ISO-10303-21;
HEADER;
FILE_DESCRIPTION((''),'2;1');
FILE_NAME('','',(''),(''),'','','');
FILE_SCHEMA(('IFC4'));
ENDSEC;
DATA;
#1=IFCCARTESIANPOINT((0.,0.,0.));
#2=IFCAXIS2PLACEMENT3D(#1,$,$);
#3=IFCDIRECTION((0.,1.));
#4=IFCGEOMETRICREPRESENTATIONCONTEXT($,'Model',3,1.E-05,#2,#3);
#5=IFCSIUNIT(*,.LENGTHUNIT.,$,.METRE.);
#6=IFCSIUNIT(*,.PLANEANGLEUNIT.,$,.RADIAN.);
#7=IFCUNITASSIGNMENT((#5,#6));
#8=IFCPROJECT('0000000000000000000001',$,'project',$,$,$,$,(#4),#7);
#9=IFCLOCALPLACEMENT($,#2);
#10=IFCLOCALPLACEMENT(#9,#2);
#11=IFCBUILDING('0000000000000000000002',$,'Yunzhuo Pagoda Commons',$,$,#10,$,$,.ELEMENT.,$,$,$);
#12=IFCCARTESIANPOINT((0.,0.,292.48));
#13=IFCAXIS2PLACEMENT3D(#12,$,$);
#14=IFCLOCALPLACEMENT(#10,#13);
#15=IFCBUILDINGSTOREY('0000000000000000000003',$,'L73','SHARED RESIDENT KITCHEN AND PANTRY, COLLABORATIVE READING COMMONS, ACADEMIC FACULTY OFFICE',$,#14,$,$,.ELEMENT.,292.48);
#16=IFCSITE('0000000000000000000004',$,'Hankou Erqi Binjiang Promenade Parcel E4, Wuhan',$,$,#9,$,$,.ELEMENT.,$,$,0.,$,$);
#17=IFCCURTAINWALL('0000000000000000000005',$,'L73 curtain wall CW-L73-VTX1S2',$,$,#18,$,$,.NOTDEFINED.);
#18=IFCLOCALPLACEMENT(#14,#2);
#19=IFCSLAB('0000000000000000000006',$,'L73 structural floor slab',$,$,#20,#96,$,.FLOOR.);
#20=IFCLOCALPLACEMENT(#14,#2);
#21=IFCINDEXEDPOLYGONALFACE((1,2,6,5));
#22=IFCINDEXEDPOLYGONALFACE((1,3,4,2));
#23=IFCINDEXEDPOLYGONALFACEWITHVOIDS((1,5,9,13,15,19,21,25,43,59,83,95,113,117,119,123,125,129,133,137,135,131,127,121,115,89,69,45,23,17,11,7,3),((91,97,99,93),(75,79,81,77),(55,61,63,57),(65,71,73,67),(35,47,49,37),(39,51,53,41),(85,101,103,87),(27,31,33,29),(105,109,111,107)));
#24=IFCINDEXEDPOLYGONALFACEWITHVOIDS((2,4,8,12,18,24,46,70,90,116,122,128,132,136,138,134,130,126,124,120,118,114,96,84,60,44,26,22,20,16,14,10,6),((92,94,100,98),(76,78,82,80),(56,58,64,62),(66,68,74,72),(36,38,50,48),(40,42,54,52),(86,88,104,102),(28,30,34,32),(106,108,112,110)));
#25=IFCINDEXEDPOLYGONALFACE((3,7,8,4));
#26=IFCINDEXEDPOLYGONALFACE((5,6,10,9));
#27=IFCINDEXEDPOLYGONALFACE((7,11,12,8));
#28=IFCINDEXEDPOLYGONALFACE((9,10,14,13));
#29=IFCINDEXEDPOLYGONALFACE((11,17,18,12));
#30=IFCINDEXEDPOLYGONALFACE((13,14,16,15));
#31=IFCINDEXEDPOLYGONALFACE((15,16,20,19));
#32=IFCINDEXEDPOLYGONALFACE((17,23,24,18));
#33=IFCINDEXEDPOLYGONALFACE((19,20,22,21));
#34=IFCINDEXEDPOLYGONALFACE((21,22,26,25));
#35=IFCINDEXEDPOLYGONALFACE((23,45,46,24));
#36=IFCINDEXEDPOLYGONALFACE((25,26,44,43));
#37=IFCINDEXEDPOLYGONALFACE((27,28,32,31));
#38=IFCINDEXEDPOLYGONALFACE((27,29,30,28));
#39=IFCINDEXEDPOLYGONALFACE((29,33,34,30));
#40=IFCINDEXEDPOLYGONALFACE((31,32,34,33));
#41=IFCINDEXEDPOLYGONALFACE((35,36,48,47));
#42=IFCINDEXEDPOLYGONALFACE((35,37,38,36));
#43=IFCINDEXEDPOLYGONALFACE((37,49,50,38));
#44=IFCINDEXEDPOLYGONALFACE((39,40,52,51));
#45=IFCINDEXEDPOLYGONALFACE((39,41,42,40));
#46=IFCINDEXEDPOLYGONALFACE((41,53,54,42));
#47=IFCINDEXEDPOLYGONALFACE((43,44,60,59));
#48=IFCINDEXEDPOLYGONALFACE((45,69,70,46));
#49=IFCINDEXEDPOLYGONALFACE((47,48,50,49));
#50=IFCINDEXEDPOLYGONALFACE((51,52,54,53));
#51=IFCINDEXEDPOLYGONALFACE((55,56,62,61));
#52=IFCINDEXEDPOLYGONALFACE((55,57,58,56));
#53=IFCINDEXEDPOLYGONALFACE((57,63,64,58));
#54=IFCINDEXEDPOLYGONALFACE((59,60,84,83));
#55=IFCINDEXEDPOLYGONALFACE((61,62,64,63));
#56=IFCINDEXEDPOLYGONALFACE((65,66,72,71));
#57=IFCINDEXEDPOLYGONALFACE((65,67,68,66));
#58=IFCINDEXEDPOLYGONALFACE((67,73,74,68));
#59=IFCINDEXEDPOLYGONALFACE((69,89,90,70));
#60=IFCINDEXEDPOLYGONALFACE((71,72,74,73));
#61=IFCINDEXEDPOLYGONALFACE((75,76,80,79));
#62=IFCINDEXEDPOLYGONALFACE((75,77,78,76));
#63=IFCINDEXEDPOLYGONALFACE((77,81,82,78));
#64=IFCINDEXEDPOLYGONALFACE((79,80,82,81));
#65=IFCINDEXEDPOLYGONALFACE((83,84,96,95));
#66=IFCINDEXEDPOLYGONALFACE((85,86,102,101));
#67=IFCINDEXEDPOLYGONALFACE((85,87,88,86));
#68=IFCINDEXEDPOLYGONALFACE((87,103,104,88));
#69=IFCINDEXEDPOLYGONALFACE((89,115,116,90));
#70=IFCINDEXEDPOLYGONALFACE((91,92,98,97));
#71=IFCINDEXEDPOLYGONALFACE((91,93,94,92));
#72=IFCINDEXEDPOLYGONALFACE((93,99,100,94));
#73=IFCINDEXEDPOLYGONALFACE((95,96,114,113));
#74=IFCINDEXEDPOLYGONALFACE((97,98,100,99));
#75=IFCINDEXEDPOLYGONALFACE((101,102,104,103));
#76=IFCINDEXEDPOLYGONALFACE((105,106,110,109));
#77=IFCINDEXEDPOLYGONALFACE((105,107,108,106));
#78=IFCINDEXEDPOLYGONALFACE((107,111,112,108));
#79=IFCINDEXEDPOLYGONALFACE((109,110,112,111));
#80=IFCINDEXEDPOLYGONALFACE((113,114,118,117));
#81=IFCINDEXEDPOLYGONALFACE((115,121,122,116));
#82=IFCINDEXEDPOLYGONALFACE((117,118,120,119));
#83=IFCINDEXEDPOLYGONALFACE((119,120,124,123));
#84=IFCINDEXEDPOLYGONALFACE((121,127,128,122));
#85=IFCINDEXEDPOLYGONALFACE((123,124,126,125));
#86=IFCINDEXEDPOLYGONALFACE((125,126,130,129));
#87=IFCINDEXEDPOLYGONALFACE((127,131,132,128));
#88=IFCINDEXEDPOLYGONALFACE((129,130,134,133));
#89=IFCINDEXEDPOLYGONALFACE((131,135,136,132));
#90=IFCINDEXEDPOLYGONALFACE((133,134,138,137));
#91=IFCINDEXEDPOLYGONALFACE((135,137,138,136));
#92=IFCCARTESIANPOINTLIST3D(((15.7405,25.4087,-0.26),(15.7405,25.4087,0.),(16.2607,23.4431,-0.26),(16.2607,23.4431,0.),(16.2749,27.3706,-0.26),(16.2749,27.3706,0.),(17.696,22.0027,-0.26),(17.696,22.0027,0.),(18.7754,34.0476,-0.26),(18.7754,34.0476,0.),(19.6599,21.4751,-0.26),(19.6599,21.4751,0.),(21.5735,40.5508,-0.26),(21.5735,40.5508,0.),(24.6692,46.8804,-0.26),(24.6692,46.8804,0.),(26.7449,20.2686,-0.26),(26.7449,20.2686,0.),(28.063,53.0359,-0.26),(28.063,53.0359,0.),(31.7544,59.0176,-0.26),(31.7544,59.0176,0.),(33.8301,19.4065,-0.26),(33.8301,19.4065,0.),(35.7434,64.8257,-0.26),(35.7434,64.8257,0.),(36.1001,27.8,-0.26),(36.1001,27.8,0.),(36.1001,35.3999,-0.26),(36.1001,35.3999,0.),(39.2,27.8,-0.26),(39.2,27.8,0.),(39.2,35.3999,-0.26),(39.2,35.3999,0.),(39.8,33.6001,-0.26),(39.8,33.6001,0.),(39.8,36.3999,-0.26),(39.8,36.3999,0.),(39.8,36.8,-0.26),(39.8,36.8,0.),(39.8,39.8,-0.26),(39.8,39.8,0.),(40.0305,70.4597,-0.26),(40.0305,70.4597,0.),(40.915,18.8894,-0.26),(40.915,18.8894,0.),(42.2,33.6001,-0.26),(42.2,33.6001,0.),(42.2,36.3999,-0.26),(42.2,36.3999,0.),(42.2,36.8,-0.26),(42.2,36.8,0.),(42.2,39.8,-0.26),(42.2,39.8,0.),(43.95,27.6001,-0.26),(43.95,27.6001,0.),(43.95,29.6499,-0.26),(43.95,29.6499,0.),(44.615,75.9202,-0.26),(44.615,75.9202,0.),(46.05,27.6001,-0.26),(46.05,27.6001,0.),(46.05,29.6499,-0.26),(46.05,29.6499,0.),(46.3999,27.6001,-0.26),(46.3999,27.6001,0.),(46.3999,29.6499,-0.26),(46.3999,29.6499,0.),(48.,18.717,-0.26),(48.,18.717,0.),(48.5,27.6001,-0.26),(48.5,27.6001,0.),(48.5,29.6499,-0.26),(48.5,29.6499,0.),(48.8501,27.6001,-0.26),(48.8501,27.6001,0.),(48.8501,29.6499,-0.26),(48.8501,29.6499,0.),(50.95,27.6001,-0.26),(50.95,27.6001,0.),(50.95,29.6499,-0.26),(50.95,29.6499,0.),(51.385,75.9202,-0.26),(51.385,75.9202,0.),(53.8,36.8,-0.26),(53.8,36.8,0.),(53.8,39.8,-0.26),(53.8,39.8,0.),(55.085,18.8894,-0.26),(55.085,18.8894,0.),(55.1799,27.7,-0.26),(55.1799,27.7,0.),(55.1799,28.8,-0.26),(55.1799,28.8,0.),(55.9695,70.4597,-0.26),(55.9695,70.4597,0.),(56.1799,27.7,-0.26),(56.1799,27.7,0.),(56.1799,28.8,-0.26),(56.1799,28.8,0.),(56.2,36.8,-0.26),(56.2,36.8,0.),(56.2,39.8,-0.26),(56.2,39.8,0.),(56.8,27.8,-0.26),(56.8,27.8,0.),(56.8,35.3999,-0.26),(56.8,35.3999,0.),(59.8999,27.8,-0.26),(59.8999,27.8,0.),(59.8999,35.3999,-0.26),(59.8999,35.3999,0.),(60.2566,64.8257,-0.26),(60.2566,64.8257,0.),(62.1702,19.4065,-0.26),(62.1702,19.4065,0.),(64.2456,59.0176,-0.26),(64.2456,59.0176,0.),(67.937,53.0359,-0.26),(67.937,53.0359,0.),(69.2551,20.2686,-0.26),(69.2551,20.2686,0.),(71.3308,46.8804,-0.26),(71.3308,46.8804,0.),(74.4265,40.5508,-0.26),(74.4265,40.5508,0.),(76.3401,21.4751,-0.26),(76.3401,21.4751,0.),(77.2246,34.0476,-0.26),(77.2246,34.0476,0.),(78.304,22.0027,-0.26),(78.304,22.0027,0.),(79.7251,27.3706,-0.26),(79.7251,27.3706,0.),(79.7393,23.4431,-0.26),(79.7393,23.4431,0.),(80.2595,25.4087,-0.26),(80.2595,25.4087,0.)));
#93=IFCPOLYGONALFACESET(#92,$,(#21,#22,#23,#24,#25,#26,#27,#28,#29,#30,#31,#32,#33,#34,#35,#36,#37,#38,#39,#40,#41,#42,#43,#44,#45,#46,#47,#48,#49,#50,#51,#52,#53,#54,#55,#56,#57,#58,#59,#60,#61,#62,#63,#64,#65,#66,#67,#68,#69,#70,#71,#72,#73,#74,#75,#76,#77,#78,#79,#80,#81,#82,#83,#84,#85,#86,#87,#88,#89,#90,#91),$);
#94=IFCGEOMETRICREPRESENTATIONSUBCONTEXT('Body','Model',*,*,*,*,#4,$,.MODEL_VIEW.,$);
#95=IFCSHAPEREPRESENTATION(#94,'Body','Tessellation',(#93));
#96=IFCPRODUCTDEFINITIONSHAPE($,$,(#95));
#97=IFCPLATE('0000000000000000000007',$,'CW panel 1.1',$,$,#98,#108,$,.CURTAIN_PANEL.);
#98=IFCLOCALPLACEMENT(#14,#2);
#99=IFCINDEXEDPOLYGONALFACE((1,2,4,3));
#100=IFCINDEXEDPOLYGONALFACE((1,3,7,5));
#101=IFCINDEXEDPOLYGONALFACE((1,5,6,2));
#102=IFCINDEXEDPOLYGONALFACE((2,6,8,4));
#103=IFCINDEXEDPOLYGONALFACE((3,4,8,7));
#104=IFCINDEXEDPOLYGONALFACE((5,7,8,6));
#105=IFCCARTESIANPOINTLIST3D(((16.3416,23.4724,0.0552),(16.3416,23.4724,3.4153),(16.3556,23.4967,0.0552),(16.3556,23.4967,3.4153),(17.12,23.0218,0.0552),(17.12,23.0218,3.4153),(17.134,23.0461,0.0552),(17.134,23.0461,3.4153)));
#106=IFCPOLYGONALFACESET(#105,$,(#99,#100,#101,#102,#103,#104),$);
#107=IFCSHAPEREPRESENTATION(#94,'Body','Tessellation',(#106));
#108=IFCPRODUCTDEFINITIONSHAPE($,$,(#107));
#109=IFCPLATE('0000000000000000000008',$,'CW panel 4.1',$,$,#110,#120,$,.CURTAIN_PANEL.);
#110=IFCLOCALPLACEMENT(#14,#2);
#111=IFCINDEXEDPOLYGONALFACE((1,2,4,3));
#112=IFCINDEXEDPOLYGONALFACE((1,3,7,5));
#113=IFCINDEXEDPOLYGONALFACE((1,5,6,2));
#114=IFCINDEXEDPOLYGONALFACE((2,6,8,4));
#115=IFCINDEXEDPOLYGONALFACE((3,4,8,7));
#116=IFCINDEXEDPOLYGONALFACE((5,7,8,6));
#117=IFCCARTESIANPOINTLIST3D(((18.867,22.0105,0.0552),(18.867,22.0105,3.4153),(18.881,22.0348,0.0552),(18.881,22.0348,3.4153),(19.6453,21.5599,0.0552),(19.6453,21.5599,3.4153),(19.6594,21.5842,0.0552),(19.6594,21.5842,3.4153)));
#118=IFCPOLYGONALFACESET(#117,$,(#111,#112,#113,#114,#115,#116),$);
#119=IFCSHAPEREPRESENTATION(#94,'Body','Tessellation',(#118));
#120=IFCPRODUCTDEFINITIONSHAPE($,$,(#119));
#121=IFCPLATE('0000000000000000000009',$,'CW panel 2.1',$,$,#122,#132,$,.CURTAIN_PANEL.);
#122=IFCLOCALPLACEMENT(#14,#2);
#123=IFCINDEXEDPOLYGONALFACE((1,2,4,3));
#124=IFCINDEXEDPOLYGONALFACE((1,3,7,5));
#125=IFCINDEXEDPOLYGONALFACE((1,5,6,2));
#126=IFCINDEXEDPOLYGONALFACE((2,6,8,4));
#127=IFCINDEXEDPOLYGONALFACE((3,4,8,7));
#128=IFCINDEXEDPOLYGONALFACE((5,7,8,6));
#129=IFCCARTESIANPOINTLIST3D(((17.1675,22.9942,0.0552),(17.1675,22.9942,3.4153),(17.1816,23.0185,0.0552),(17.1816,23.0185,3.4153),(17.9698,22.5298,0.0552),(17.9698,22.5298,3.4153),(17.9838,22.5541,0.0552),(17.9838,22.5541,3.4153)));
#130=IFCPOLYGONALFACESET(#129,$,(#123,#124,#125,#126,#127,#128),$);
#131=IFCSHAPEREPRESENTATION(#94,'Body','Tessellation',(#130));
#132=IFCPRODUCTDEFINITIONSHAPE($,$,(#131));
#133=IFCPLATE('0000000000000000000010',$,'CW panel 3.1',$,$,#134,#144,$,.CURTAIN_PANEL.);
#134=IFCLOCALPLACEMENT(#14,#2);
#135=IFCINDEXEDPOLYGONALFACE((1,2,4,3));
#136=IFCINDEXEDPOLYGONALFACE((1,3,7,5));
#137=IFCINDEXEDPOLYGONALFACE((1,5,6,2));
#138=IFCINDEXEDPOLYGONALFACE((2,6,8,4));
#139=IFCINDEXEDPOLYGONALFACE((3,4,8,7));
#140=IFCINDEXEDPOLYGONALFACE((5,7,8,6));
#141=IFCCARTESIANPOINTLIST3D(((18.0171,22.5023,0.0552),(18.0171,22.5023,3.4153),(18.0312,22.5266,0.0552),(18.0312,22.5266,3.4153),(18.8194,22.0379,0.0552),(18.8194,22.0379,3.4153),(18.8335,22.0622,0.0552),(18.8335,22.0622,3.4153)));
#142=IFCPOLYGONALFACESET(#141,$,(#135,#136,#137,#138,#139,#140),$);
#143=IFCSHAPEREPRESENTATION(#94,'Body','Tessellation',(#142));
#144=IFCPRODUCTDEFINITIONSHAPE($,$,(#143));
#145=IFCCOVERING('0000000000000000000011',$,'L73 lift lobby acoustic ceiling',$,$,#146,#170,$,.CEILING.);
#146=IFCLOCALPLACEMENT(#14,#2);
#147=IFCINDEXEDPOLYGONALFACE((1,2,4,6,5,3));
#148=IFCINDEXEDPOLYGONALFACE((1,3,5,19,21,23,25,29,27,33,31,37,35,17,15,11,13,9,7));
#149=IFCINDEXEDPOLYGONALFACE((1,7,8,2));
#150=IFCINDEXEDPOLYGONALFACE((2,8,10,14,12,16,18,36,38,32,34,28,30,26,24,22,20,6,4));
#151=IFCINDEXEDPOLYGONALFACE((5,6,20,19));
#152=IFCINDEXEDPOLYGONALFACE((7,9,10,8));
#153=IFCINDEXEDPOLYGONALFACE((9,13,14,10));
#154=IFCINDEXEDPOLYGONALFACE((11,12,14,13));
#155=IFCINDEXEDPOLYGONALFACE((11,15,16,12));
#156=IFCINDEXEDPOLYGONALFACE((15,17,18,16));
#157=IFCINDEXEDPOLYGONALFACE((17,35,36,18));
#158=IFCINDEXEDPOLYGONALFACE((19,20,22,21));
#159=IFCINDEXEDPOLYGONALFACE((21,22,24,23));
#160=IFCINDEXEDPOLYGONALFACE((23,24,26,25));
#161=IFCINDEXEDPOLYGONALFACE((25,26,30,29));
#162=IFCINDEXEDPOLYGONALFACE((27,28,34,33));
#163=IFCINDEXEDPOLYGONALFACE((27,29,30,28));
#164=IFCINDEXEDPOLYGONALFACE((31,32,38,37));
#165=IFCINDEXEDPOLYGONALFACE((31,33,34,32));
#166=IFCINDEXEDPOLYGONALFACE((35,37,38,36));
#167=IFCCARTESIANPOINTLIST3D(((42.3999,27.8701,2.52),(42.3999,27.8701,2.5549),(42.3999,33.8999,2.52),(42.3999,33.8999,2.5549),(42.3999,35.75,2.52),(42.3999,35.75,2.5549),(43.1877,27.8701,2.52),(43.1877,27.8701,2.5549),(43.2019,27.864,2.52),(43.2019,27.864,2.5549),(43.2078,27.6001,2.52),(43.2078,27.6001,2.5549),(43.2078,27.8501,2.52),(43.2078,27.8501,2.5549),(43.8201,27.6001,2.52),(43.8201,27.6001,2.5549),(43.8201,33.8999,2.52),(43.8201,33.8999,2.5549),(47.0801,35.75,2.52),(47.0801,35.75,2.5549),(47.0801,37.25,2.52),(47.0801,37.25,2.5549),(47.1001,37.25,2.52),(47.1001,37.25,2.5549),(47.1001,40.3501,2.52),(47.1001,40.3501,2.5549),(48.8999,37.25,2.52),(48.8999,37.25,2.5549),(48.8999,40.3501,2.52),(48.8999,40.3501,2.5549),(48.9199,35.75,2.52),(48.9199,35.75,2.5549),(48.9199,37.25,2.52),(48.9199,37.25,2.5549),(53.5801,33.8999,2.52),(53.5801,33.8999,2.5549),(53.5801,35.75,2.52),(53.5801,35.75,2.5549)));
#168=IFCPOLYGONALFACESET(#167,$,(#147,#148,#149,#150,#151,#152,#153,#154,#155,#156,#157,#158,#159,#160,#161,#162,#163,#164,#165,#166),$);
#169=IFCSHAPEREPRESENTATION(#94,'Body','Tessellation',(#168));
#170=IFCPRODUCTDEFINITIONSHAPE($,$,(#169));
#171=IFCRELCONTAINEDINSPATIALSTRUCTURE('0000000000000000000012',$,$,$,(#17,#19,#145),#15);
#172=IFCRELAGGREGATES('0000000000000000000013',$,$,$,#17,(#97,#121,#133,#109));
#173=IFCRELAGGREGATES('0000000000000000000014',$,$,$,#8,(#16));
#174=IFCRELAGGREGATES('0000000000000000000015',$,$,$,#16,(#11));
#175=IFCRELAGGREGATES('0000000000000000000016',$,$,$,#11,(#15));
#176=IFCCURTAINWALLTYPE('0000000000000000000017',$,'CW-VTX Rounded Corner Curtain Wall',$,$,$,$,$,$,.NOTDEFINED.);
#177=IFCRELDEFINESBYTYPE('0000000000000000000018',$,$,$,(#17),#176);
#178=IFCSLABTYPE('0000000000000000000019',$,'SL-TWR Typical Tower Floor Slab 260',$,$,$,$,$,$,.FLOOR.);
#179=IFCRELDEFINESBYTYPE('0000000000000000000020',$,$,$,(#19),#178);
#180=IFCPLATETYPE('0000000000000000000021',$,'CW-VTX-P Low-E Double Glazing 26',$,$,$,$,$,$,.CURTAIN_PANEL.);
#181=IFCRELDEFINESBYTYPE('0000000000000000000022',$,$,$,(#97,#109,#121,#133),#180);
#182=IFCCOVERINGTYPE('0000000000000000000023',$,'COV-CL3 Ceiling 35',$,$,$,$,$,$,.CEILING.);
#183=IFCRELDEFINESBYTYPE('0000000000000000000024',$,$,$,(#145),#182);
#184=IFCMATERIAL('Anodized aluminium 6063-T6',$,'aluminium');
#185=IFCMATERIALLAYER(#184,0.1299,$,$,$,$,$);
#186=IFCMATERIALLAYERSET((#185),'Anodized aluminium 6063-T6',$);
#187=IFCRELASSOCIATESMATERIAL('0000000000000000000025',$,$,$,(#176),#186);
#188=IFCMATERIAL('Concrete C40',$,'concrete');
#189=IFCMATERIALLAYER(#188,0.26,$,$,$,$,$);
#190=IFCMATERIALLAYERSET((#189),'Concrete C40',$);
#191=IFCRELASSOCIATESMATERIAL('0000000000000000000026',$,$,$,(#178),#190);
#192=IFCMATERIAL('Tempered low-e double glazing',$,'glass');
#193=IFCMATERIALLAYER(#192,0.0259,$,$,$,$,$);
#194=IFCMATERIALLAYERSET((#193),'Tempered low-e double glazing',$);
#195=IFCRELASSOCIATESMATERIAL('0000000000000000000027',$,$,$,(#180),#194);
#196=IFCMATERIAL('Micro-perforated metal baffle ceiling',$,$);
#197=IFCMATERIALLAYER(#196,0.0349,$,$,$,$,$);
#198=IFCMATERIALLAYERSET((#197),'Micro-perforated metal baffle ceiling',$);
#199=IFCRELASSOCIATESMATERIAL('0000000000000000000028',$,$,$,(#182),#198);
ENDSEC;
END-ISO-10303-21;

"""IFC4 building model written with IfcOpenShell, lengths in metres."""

from ifc_helpers import new_model, si_unit, direction, frame, origin, origin_2d, place, context, subcontext, project, spatial, polyline, rectangle, outline, extrude, source, transform, mapped, material, layer, layer_set, type_object, element, aggregate, save


model = new_model("IFC4")

# Units and contexts
model_context = context("Model", 3, precision=1e-05, world=origin(), true_north=direction((0.0, 1.0)))
body_context = subcontext(model_context, "Body", "Model", "MODEL_VIEW")
ifc_project = project(units=[si_unit("LENGTHUNIT", "METRE"), si_unit("PLANEANGLEUNIT", "RADIAN")], contexts=[model_context])

# Site, building, storey
site_placement = place(None, origin())
site = spatial("IfcSite", under=ifc_project, at=site_placement, Name="Hankou Erqi Binjiang Promenade Parcel E4, Wuhan", CompositionType="ELEMENT", RefElevation=0.0)
building_placement = place(site_placement, origin())
building = spatial("IfcBuilding", under=site, at=building_placement, Name="Yunzhuo Pagoda Commons", CompositionType="ELEMENT")
storey_placement = place(building_placement, frame((0.0, 0.0, 292.48)))
storey = spatial("IfcBuildingStorey", under=building, at=storey_placement, Name="L73", Description="SHARED RESIDENT KITCHEN AND PANTRY, COLLABORATIVE READING COMMONS, ACADEMIC FACULTY OFFICE", CompositionType="ELEMENT", Elevation=292.48)

# Curtain wall
ifc_material_1 = material(Name="Anodized aluminium 6063-T6", Category="aluminium")
ifc_layer_1 = layer(ifc_material_1, 0.1299)
ifc_layer_set_1 = layer_set([ifc_layer_1], Name="Anodized aluminium 6063-T6")
curtain_wall_type_1 = type_object("IfcCurtainWallType", Name="CW-VTX Rounded Corner Curtain Wall", PredefinedType="NOTDEFINED", material=ifc_layer_set_1)
curtain_wall_1_placement = place(storey_placement, origin())
curtain_wall_1 = element("IfcCurtainWall", 1, at=curtain_wall_1_placement, inside=storey, type_object=curtain_wall_type_1, Name="L73 curtain wall CW-L73-VTX1S2", PredefinedType="NOTDEFINED")

# Shared definitions
ifc_material_2 = material(Name="Concrete C40", Category="concrete")

# Slab
ifc_layer_2 = layer(ifc_material_2, 0.26)
ifc_layer_set_2 = layer_set([ifc_layer_2], Name="Concrete C40")
slab_type_1 = type_object("IfcSlabType", Name="SL-TWR Typical Tower Floor Slab 260", PredefinedType="FLOOR", material=ifc_layer_set_2)
slab_1_placement = place(storey_placement, frame((0.0, 0.0, -0.26)))
element("IfcSlab", 2, at=slab_1_placement, inside=storey, type_object=slab_type_1, Name="L73 structural floor slab", PredefinedType="FLOOR", context=body_context, shape_type="SweptSolid", body=[
    extrude(outline(polyline([(18.7754, 34.0476), (21.5735, 40.5508), (24.6692, 46.8804), (28.063, 53.0359), (31.7544, 59.0176), (35.7434, 64.8257), (40.0305, 70.4597), (44.615, 75.9202), (51.385, 75.9202), (55.9695, 70.4597), (60.2566, 64.8257), (64.2456, 59.0176), (67.937, 53.0359), (71.3308, 46.8804), (74.4265, 40.5508), (77.2246, 34.0476), (79.7251, 27.3706), (80.2595, 25.4087), (79.7393, 23.4431), (78.304, 22.0027), (76.3401, 21.4751), (69.2551, 20.2686), (62.1702, 19.4065), (55.085, 18.8894), (48.0, 18.717), (40.915, 18.8894), (33.8301, 19.4065), (26.7449, 20.2686), (19.6599, 21.4751), (17.696, 22.0027), (16.2607, 23.4431), (15.7405, 25.4087), (16.2749, 27.3706), (18.7754, 34.0476)]), holes=[polyline([(56.1799, 28.8), (55.1799, 28.8), (55.1799, 27.7), (56.1799, 27.7), (56.1799, 28.8)]), polyline([(46.05, 29.6499), (43.95, 29.6499), (43.95, 27.6001), (46.05, 27.6001), (46.05, 29.6499)]), polyline([(48.5, 29.6499), (46.3999, 29.6499), (46.3999, 27.6001), (48.5, 27.6001), (48.5, 29.6499)]), polyline([(50.95, 29.6499), (48.8501, 29.6499), (48.8501, 27.6001), (50.95, 27.6001), (50.95, 29.6499)]), polyline([(39.2, 27.8), (39.2, 35.3999), (36.1001, 35.3999), (36.1001, 27.8), (39.2, 27.8)]), polyline([(59.8999, 27.8), (59.8999, 35.3999), (56.8, 35.3999), (56.8, 27.8), (59.8999, 27.8)]), polyline([(42.2, 36.3999), (39.8, 36.3999), (39.8, 33.6001), (42.2, 33.6001), (42.2, 36.3999)]), polyline([(42.2, 36.8), (42.2, 39.8), (39.8, 39.8), (39.8, 36.8), (42.2, 36.8)]), polyline([(56.2, 36.8), (56.2, 39.8), (53.8, 39.8), (53.8, 36.8), (56.2, 36.8)])]), origin(), (0.0, 0.0, 1.0), 0.26),
])

# Plates
ifc_material_3 = material(Name="Tempered low-e double glazing", Category="glass")
ifc_layer_3 = layer(ifc_material_3, 0.0259)
ifc_layer_set_3 = layer_set([ifc_layer_3], Name="Tempered low-e double glazing")
plate_type = type_object("IfcPlateType", Name="CW-VTX-P Low-E Double Glazing 26", PredefinedType="CURTAIN_PANEL", material=ifc_layer_set_3)
shared_shape_1 = source(origin(), body_context, "Body", "SweptSolid", [
    extrude(rectangle(XDim=0.8994, YDim=0.0281, at=origin_2d()), origin(), (0.0, 0.0, 1.0), 3.3601),
])
plate_1_placement = place(storey_placement, frame((16.7378, 23.2593, 0.0552), z_axis=(0.0, 0.0, 1.0), x_axis=(0.865437, -0.501017, 0.0)))
plate_1 = element("IfcPlate", 3, at=plate_1_placement, type_object=plate_type, Name="CW panel 1.1", PredefinedType="CURTAIN_PANEL", context=body_context, shape_type="MappedRepresentation", body=[
    mapped(shared_shape_1, transform((0.0, 0.0, 0.0), scale=1.0)),
])
plate_2_placement = place(storey_placement, frame((19.2632, 21.7974, 0.0552), z_axis=(0.0, 0.0, 1.0), x_axis=(0.865437, -0.501017, 0.0)))
plate_2 = element("IfcPlate", 4, at=plate_2_placement, type_object=plate_type, Name="CW panel 4.1", PredefinedType="CURTAIN_PANEL", context=body_context, shape_type="MappedRepresentation", body=[
    mapped(shared_shape_1, transform((0.0, 0.0, 0.0), scale=1.0)),
])
shared_shape_2 = source(origin(), body_context, "Body", "SweptSolid", [
    extrude(rectangle(XDim=0.927, YDim=0.0281, at=origin_2d()), origin(), (0.0, 0.0, 1.0), 3.3601),
])
plate_3_placement = place(storey_placement, frame((17.5757, 22.7742, 0.0552), z_axis=(0.0, 0.0, 1.0), x_axis=(0.865437, -0.501017, 0.0)))
plate_3 = element("IfcPlate", 5, at=plate_3_placement, type_object=plate_type, Name="CW panel 2.1", PredefinedType="CURTAIN_PANEL", context=body_context, shape_type="MappedRepresentation", body=[
    mapped(shared_shape_2, transform((0.0, 0.0, 0.0), scale=1.0)),
])
plate_4_placement = place(storey_placement, frame((18.4253, 22.2822, 0.0552), z_axis=(0.0, 0.0, 1.0), x_axis=(0.865437, -0.501017, 0.0)))
plate_4 = element("IfcPlate", 6, at=plate_4_placement, type_object=plate_type, Name="CW panel 3.1", PredefinedType="CURTAIN_PANEL", context=body_context, shape_type="MappedRepresentation", body=[
    mapped(shared_shape_2, transform((0.0, 0.0, 0.0), scale=1.0)),
])
aggregate(curtain_wall_1, [plate_1, plate_3, plate_4, plate_2])

# Covering
ifc_material_4 = material(Name="Micro-perforated metal baffle ceiling")
ifc_layer_4 = layer(ifc_material_4, 0.0349)
ifc_layer_set_4 = layer_set([ifc_layer_4], Name="Micro-perforated metal baffle ceiling")
covering_type_1 = type_object("IfcCoveringType", Name="COV-CL3 Ceiling 35", PredefinedType="CEILING", material=ifc_layer_set_4)
covering_1_placement = place(storey_placement, frame((0.0, 0.0, 2.52)))
element("IfcCovering", 7, at=covering_1_placement, inside=storey, type_object=covering_type_1, Name="L73 lift lobby acoustic ceiling", PredefinedType="CEILING", context=body_context, shape_type="SweptSolid", body=[
    extrude(outline(polyline([(42.3999, 35.75), (47.0801, 35.75), (47.0801, 37.25), (47.1001, 37.25), (47.1001, 40.3501), (48.8999, 40.3501), (48.8999, 37.25), (48.9199, 37.25), (48.9199, 35.75), (53.5801, 35.75), (53.5801, 33.8999), (43.8201, 33.8999), (43.8201, 27.6001), (43.2078, 27.6001), (43.2078, 27.8501), (43.2019, 27.864), (43.1877, 27.8701), (42.3999, 27.8701), (42.3999, 33.8999), (42.3999, 35.75)])), origin(), (0.0, 0.0, 1.0), 0.0349),
])

save(model, "model.ifc")
